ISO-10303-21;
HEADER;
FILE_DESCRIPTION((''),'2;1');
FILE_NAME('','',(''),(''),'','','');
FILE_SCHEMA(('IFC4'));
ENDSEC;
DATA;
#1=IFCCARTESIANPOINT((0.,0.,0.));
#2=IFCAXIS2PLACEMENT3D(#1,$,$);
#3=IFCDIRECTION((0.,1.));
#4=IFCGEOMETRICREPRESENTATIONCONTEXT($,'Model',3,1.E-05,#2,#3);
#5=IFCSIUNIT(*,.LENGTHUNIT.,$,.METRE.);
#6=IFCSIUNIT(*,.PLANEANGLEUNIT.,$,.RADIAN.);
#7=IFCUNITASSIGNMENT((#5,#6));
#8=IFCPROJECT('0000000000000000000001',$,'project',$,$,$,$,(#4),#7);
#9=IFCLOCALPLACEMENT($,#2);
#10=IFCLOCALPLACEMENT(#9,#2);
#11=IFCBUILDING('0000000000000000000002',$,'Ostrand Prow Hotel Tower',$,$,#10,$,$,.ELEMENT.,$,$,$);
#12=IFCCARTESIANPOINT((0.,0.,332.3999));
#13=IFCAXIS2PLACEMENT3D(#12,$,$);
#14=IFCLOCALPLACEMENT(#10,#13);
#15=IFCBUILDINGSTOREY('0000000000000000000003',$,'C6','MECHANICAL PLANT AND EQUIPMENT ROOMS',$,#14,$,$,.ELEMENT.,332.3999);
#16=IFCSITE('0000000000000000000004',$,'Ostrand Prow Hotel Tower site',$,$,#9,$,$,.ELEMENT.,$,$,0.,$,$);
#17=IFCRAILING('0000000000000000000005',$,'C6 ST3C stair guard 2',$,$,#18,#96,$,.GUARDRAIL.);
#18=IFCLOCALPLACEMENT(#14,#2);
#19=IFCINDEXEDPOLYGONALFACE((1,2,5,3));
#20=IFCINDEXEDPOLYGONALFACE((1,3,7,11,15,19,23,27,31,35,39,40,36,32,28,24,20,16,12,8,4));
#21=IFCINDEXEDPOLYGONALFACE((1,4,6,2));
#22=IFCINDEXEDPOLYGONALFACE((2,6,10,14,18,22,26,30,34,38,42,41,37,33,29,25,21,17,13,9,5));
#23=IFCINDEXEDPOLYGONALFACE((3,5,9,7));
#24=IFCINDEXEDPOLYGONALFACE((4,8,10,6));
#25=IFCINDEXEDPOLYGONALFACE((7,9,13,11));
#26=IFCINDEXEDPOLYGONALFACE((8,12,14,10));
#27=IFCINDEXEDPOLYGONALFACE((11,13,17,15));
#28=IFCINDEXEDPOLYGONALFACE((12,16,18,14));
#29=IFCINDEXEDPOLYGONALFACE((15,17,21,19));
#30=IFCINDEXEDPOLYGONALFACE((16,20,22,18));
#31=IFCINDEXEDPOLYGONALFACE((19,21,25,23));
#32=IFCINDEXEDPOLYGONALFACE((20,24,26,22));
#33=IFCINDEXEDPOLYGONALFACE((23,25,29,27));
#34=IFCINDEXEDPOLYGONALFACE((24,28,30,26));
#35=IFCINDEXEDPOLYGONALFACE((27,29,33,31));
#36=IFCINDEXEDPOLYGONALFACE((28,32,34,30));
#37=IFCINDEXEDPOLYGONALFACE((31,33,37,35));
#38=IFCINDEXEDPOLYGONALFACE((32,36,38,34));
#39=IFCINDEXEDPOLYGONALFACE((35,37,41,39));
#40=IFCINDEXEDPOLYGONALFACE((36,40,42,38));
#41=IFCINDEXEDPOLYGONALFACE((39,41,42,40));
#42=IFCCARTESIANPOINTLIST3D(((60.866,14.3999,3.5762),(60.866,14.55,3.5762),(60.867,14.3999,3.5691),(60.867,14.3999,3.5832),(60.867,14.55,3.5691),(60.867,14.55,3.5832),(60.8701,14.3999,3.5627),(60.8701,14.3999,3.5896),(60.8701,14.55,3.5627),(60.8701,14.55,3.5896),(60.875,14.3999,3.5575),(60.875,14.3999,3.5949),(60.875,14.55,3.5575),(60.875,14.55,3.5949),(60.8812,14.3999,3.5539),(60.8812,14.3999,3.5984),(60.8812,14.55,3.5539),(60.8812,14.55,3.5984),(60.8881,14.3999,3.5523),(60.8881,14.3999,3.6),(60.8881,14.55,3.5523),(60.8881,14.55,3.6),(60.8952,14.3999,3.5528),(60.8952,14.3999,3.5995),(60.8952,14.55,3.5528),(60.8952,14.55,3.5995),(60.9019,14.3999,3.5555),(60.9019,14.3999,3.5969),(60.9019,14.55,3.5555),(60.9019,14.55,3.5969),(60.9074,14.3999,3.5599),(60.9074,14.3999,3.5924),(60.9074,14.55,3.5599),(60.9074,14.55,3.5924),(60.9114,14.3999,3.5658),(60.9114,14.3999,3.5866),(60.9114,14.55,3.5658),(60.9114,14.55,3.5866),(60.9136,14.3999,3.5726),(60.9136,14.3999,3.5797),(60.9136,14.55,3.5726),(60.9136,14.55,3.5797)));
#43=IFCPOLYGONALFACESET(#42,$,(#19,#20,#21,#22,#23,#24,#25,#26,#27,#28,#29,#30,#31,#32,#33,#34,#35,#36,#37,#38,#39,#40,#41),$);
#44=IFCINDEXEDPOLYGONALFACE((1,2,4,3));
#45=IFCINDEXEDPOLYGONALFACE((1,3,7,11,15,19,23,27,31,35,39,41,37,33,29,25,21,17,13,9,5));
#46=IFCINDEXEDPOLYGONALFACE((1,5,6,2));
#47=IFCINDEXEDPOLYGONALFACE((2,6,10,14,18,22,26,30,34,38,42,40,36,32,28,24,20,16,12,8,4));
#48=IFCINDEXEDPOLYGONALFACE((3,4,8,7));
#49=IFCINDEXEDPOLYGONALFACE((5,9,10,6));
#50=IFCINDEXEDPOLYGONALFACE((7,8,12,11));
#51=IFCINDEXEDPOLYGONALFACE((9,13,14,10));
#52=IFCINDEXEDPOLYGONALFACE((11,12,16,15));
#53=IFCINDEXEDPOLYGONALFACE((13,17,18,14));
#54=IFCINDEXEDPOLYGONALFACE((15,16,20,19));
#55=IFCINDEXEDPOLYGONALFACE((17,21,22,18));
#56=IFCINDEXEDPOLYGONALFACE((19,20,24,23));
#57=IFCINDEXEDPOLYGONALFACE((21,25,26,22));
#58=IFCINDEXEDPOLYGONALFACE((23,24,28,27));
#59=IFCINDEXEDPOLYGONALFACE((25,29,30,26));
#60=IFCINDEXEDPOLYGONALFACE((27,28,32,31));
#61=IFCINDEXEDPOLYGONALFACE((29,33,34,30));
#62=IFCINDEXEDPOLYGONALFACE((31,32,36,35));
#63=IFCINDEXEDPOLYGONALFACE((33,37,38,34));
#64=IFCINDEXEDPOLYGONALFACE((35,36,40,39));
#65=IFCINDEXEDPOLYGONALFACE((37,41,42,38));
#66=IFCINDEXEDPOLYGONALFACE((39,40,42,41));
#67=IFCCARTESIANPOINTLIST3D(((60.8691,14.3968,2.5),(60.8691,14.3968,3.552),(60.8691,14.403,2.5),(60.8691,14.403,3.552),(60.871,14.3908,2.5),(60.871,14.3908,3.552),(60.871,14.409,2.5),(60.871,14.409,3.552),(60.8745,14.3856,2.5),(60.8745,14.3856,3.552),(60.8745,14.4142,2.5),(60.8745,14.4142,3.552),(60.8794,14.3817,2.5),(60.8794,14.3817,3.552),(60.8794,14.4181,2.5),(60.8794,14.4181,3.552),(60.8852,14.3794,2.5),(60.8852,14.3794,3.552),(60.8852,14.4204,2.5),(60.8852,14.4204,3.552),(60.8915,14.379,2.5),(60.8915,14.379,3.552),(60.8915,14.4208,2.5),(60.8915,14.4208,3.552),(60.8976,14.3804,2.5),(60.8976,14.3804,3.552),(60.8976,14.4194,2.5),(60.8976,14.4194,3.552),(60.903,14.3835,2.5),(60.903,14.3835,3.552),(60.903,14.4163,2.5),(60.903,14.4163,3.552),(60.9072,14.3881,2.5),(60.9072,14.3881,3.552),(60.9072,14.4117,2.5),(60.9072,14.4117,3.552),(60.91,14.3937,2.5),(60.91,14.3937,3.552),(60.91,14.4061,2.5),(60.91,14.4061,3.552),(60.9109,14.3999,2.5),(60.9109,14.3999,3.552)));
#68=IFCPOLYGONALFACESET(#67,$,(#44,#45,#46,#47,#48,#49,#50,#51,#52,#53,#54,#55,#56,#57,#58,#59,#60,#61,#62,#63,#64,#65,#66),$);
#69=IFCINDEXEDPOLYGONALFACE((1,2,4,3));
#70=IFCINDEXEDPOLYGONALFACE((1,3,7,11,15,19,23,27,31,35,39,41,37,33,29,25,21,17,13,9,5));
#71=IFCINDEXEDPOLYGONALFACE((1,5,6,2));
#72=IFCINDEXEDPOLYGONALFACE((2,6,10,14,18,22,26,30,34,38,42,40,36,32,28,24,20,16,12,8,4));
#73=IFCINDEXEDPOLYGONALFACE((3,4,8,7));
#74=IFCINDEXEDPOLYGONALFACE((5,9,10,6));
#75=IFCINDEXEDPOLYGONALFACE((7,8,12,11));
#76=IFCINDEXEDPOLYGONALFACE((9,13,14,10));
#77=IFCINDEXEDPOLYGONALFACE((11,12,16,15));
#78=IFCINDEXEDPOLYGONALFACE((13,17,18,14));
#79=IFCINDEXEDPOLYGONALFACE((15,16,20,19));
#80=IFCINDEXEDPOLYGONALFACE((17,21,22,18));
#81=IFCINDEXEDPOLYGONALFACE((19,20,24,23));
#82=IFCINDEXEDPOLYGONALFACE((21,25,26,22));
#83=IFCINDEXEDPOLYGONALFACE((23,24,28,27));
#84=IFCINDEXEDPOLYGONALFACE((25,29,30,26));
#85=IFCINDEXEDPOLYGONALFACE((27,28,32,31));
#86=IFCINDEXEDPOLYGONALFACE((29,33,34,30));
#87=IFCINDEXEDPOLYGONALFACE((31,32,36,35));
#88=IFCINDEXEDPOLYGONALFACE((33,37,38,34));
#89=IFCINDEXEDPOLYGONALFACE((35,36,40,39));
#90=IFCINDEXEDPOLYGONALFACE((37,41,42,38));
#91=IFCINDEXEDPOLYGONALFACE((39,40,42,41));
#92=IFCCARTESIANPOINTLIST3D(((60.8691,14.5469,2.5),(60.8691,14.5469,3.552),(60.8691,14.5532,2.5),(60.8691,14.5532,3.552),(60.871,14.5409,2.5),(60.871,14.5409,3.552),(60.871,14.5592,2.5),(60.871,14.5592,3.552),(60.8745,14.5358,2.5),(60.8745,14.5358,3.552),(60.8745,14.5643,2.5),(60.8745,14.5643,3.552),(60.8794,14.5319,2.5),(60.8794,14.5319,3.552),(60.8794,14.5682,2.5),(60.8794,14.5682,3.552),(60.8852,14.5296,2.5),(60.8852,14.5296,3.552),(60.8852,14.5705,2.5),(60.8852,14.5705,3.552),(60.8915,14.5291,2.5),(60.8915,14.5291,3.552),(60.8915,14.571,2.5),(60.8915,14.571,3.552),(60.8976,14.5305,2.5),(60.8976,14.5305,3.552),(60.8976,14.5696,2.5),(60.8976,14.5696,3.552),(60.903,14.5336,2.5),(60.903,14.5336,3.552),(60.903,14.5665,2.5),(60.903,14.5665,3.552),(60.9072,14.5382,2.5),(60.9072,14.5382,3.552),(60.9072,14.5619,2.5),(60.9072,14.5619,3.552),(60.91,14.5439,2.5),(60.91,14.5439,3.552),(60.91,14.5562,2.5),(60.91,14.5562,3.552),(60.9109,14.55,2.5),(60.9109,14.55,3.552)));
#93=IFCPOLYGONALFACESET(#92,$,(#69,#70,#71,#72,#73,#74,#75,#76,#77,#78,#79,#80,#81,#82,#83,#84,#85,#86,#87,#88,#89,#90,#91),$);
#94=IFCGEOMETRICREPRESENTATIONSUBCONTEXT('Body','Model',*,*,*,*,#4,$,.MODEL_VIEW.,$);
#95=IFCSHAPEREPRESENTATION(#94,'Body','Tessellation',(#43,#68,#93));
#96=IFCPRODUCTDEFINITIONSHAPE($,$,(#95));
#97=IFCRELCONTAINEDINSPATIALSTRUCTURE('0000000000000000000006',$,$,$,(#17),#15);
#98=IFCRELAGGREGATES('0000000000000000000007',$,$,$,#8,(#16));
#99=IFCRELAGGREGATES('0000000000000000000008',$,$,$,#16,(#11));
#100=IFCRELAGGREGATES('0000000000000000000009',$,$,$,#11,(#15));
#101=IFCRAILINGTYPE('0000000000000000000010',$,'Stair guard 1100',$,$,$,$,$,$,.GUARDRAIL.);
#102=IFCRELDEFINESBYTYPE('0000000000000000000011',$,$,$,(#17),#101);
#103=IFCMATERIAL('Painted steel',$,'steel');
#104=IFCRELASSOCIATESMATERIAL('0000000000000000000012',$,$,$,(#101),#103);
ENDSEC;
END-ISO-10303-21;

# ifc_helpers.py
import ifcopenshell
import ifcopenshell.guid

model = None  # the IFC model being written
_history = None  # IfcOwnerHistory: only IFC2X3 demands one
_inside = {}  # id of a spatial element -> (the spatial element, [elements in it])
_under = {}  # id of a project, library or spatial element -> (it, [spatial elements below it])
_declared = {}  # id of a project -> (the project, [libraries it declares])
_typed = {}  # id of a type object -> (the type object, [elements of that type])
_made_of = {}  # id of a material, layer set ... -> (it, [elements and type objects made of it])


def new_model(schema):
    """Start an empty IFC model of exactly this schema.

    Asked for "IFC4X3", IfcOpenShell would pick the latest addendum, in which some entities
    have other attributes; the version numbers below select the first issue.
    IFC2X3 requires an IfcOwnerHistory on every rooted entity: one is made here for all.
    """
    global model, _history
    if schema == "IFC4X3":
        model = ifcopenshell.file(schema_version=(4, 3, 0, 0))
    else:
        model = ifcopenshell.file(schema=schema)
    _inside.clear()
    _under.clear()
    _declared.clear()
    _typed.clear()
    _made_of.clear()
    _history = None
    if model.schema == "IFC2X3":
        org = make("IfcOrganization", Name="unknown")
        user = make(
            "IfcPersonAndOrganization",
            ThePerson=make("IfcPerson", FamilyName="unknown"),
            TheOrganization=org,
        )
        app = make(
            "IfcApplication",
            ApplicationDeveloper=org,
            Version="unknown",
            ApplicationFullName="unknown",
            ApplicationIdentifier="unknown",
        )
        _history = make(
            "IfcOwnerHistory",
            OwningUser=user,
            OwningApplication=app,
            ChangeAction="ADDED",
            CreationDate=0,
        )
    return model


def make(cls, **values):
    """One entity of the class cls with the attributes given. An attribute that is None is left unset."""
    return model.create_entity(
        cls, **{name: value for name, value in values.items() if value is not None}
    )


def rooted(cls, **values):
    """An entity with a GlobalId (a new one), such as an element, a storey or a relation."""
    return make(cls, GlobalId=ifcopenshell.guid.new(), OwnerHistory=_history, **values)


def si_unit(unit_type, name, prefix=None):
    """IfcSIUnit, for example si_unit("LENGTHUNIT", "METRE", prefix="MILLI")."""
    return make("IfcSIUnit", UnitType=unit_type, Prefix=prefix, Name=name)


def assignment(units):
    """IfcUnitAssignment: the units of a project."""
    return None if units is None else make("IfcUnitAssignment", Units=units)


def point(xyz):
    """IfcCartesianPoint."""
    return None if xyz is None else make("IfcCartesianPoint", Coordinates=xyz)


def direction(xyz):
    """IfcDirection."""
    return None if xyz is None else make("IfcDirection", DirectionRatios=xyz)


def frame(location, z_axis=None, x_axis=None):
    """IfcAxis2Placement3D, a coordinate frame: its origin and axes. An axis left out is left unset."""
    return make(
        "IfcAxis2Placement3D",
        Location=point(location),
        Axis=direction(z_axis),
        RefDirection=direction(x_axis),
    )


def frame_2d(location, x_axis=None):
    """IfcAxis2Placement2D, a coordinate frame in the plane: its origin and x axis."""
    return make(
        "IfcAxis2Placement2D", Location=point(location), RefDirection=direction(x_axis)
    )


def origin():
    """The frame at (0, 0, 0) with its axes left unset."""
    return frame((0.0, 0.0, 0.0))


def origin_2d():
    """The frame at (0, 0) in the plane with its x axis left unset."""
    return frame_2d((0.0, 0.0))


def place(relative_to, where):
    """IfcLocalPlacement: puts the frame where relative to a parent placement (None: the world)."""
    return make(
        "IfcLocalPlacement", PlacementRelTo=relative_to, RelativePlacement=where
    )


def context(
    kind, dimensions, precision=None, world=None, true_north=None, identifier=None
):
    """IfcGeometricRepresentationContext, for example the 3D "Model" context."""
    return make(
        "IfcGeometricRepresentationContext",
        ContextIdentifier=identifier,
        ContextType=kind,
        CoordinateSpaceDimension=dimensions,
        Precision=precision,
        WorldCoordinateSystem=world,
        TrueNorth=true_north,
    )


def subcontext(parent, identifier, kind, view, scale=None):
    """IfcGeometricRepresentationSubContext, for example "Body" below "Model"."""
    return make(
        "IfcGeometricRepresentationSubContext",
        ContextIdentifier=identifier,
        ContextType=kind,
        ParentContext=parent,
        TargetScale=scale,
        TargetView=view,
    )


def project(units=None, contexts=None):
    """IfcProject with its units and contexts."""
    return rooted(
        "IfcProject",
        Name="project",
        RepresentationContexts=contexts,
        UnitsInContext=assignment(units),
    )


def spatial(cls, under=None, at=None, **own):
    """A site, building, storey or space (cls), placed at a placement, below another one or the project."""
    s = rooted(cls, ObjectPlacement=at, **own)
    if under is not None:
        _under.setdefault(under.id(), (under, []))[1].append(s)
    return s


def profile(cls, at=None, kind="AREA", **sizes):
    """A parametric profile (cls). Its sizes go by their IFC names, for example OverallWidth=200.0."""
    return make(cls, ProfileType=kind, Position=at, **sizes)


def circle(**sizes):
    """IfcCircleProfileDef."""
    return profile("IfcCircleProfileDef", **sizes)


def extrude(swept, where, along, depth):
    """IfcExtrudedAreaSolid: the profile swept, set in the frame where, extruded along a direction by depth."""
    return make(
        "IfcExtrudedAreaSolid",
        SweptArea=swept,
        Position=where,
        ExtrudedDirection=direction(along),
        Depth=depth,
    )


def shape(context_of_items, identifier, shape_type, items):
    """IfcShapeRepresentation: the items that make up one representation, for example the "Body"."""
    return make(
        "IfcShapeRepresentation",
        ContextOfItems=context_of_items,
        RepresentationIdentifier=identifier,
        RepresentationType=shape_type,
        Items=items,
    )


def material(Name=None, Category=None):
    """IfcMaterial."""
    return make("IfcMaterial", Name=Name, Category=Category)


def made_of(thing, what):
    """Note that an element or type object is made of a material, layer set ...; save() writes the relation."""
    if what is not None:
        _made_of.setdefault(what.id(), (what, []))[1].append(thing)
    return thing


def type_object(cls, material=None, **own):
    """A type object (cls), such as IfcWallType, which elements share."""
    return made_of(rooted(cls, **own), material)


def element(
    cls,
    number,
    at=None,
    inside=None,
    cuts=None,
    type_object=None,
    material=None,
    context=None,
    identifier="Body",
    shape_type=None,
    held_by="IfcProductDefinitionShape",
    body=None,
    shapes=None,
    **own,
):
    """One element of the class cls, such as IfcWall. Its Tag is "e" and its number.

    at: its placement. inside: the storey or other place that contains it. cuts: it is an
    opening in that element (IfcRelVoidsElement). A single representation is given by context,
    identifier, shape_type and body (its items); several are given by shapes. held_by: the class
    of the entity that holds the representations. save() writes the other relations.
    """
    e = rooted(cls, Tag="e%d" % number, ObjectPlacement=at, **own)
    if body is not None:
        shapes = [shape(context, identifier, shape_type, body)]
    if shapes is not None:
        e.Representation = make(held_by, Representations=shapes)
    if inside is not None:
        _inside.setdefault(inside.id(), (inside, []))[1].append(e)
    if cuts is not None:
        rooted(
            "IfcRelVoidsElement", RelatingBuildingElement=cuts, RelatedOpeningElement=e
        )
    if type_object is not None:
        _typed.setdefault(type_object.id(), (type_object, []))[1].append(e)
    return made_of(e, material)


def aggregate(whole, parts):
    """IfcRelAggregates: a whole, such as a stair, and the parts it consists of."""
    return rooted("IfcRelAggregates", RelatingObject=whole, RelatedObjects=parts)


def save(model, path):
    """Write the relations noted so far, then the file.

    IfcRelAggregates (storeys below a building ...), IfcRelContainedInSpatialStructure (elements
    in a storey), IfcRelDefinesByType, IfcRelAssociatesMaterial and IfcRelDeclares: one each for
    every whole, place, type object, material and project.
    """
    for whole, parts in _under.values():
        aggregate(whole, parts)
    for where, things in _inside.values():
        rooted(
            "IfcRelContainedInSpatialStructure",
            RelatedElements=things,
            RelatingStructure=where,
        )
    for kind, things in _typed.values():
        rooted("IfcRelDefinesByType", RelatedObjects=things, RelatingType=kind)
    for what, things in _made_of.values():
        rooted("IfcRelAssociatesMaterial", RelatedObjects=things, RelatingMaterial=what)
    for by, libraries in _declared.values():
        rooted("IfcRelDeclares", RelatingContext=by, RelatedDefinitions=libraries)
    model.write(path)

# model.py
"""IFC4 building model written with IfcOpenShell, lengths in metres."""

from ifc_helpers import new_model, si_unit, direction, frame, origin, origin_2d, place, context, subcontext, project, spatial, circle, extrude, material, type_object, element, save


model = new_model("IFC4")

# Units and contexts
model_context = context("Model", 3, precision=1e-05, world=origin(), true_north=direction((0.0, 1.0)))
body_context = subcontext(model_context, "Body", "Model", "MODEL_VIEW")
ifc_project = project(units=[si_unit("LENGTHUNIT", "METRE"), si_unit("PLANEANGLEUNIT", "RADIAN")], contexts=[model_context])

# Site, building, storey
site_placement = place(None, origin())
site = spatial("IfcSite", under=ifc_project, at=site_placement, Name="Ostrand Prow Hotel Tower site", CompositionType="ELEMENT", RefElevation=0.0)
building_placement = place(site_placement, origin())
building = spatial("IfcBuilding", under=site, at=building_placement, Name="Ostrand Prow Hotel Tower", CompositionType="ELEMENT")
storey_placement = place(building_placement, frame((0.0, 0.0, 332.3999)))
storey = spatial("IfcBuildingStorey", under=building, at=storey_placement, Name="C6", Description="MECHANICAL PLANT AND EQUIPMENT ROOMS", CompositionType="ELEMENT", Elevation=332.3999)

# Railing
ifc_material_1 = material(Name="Painted steel", Category="steel")
railing_type_1 = type_object("IfcRailingType", Name="Stair guard 1100", PredefinedType="GUARDRAIL", material=ifc_material_1)
railing_1_placement = place(storey_placement, frame((60.8899, 14.3999, 2.5)))
element("IfcRailing", 1, at=railing_1_placement, inside=storey, type_object=railing_type_1, Name="C6 ST3C stair guard 2", PredefinedType="GUARDRAIL", context=body_context, shape_type="SweptSolid", body=[
    extrude(circle(Radius=0.0239, at=origin_2d()), frame((0.0, 0.0, 1.0762), z_axis=(0.0, 1.0, 0.0), x_axis=(-1.0, 0.0, 0.0)), (0.0, 0.0, 1.0), 0.1501),
    extrude(circle(Radius=0.021, at=origin_2d()), origin(), (0.0, 0.0, 1.0), 1.052),
    extrude(circle(Radius=0.021, at=origin_2d()), frame((0.0, 0.1501, 0.0)), (0.0, 0.0, 1.0), 1.052),
])

save(model, "model.ifc")
